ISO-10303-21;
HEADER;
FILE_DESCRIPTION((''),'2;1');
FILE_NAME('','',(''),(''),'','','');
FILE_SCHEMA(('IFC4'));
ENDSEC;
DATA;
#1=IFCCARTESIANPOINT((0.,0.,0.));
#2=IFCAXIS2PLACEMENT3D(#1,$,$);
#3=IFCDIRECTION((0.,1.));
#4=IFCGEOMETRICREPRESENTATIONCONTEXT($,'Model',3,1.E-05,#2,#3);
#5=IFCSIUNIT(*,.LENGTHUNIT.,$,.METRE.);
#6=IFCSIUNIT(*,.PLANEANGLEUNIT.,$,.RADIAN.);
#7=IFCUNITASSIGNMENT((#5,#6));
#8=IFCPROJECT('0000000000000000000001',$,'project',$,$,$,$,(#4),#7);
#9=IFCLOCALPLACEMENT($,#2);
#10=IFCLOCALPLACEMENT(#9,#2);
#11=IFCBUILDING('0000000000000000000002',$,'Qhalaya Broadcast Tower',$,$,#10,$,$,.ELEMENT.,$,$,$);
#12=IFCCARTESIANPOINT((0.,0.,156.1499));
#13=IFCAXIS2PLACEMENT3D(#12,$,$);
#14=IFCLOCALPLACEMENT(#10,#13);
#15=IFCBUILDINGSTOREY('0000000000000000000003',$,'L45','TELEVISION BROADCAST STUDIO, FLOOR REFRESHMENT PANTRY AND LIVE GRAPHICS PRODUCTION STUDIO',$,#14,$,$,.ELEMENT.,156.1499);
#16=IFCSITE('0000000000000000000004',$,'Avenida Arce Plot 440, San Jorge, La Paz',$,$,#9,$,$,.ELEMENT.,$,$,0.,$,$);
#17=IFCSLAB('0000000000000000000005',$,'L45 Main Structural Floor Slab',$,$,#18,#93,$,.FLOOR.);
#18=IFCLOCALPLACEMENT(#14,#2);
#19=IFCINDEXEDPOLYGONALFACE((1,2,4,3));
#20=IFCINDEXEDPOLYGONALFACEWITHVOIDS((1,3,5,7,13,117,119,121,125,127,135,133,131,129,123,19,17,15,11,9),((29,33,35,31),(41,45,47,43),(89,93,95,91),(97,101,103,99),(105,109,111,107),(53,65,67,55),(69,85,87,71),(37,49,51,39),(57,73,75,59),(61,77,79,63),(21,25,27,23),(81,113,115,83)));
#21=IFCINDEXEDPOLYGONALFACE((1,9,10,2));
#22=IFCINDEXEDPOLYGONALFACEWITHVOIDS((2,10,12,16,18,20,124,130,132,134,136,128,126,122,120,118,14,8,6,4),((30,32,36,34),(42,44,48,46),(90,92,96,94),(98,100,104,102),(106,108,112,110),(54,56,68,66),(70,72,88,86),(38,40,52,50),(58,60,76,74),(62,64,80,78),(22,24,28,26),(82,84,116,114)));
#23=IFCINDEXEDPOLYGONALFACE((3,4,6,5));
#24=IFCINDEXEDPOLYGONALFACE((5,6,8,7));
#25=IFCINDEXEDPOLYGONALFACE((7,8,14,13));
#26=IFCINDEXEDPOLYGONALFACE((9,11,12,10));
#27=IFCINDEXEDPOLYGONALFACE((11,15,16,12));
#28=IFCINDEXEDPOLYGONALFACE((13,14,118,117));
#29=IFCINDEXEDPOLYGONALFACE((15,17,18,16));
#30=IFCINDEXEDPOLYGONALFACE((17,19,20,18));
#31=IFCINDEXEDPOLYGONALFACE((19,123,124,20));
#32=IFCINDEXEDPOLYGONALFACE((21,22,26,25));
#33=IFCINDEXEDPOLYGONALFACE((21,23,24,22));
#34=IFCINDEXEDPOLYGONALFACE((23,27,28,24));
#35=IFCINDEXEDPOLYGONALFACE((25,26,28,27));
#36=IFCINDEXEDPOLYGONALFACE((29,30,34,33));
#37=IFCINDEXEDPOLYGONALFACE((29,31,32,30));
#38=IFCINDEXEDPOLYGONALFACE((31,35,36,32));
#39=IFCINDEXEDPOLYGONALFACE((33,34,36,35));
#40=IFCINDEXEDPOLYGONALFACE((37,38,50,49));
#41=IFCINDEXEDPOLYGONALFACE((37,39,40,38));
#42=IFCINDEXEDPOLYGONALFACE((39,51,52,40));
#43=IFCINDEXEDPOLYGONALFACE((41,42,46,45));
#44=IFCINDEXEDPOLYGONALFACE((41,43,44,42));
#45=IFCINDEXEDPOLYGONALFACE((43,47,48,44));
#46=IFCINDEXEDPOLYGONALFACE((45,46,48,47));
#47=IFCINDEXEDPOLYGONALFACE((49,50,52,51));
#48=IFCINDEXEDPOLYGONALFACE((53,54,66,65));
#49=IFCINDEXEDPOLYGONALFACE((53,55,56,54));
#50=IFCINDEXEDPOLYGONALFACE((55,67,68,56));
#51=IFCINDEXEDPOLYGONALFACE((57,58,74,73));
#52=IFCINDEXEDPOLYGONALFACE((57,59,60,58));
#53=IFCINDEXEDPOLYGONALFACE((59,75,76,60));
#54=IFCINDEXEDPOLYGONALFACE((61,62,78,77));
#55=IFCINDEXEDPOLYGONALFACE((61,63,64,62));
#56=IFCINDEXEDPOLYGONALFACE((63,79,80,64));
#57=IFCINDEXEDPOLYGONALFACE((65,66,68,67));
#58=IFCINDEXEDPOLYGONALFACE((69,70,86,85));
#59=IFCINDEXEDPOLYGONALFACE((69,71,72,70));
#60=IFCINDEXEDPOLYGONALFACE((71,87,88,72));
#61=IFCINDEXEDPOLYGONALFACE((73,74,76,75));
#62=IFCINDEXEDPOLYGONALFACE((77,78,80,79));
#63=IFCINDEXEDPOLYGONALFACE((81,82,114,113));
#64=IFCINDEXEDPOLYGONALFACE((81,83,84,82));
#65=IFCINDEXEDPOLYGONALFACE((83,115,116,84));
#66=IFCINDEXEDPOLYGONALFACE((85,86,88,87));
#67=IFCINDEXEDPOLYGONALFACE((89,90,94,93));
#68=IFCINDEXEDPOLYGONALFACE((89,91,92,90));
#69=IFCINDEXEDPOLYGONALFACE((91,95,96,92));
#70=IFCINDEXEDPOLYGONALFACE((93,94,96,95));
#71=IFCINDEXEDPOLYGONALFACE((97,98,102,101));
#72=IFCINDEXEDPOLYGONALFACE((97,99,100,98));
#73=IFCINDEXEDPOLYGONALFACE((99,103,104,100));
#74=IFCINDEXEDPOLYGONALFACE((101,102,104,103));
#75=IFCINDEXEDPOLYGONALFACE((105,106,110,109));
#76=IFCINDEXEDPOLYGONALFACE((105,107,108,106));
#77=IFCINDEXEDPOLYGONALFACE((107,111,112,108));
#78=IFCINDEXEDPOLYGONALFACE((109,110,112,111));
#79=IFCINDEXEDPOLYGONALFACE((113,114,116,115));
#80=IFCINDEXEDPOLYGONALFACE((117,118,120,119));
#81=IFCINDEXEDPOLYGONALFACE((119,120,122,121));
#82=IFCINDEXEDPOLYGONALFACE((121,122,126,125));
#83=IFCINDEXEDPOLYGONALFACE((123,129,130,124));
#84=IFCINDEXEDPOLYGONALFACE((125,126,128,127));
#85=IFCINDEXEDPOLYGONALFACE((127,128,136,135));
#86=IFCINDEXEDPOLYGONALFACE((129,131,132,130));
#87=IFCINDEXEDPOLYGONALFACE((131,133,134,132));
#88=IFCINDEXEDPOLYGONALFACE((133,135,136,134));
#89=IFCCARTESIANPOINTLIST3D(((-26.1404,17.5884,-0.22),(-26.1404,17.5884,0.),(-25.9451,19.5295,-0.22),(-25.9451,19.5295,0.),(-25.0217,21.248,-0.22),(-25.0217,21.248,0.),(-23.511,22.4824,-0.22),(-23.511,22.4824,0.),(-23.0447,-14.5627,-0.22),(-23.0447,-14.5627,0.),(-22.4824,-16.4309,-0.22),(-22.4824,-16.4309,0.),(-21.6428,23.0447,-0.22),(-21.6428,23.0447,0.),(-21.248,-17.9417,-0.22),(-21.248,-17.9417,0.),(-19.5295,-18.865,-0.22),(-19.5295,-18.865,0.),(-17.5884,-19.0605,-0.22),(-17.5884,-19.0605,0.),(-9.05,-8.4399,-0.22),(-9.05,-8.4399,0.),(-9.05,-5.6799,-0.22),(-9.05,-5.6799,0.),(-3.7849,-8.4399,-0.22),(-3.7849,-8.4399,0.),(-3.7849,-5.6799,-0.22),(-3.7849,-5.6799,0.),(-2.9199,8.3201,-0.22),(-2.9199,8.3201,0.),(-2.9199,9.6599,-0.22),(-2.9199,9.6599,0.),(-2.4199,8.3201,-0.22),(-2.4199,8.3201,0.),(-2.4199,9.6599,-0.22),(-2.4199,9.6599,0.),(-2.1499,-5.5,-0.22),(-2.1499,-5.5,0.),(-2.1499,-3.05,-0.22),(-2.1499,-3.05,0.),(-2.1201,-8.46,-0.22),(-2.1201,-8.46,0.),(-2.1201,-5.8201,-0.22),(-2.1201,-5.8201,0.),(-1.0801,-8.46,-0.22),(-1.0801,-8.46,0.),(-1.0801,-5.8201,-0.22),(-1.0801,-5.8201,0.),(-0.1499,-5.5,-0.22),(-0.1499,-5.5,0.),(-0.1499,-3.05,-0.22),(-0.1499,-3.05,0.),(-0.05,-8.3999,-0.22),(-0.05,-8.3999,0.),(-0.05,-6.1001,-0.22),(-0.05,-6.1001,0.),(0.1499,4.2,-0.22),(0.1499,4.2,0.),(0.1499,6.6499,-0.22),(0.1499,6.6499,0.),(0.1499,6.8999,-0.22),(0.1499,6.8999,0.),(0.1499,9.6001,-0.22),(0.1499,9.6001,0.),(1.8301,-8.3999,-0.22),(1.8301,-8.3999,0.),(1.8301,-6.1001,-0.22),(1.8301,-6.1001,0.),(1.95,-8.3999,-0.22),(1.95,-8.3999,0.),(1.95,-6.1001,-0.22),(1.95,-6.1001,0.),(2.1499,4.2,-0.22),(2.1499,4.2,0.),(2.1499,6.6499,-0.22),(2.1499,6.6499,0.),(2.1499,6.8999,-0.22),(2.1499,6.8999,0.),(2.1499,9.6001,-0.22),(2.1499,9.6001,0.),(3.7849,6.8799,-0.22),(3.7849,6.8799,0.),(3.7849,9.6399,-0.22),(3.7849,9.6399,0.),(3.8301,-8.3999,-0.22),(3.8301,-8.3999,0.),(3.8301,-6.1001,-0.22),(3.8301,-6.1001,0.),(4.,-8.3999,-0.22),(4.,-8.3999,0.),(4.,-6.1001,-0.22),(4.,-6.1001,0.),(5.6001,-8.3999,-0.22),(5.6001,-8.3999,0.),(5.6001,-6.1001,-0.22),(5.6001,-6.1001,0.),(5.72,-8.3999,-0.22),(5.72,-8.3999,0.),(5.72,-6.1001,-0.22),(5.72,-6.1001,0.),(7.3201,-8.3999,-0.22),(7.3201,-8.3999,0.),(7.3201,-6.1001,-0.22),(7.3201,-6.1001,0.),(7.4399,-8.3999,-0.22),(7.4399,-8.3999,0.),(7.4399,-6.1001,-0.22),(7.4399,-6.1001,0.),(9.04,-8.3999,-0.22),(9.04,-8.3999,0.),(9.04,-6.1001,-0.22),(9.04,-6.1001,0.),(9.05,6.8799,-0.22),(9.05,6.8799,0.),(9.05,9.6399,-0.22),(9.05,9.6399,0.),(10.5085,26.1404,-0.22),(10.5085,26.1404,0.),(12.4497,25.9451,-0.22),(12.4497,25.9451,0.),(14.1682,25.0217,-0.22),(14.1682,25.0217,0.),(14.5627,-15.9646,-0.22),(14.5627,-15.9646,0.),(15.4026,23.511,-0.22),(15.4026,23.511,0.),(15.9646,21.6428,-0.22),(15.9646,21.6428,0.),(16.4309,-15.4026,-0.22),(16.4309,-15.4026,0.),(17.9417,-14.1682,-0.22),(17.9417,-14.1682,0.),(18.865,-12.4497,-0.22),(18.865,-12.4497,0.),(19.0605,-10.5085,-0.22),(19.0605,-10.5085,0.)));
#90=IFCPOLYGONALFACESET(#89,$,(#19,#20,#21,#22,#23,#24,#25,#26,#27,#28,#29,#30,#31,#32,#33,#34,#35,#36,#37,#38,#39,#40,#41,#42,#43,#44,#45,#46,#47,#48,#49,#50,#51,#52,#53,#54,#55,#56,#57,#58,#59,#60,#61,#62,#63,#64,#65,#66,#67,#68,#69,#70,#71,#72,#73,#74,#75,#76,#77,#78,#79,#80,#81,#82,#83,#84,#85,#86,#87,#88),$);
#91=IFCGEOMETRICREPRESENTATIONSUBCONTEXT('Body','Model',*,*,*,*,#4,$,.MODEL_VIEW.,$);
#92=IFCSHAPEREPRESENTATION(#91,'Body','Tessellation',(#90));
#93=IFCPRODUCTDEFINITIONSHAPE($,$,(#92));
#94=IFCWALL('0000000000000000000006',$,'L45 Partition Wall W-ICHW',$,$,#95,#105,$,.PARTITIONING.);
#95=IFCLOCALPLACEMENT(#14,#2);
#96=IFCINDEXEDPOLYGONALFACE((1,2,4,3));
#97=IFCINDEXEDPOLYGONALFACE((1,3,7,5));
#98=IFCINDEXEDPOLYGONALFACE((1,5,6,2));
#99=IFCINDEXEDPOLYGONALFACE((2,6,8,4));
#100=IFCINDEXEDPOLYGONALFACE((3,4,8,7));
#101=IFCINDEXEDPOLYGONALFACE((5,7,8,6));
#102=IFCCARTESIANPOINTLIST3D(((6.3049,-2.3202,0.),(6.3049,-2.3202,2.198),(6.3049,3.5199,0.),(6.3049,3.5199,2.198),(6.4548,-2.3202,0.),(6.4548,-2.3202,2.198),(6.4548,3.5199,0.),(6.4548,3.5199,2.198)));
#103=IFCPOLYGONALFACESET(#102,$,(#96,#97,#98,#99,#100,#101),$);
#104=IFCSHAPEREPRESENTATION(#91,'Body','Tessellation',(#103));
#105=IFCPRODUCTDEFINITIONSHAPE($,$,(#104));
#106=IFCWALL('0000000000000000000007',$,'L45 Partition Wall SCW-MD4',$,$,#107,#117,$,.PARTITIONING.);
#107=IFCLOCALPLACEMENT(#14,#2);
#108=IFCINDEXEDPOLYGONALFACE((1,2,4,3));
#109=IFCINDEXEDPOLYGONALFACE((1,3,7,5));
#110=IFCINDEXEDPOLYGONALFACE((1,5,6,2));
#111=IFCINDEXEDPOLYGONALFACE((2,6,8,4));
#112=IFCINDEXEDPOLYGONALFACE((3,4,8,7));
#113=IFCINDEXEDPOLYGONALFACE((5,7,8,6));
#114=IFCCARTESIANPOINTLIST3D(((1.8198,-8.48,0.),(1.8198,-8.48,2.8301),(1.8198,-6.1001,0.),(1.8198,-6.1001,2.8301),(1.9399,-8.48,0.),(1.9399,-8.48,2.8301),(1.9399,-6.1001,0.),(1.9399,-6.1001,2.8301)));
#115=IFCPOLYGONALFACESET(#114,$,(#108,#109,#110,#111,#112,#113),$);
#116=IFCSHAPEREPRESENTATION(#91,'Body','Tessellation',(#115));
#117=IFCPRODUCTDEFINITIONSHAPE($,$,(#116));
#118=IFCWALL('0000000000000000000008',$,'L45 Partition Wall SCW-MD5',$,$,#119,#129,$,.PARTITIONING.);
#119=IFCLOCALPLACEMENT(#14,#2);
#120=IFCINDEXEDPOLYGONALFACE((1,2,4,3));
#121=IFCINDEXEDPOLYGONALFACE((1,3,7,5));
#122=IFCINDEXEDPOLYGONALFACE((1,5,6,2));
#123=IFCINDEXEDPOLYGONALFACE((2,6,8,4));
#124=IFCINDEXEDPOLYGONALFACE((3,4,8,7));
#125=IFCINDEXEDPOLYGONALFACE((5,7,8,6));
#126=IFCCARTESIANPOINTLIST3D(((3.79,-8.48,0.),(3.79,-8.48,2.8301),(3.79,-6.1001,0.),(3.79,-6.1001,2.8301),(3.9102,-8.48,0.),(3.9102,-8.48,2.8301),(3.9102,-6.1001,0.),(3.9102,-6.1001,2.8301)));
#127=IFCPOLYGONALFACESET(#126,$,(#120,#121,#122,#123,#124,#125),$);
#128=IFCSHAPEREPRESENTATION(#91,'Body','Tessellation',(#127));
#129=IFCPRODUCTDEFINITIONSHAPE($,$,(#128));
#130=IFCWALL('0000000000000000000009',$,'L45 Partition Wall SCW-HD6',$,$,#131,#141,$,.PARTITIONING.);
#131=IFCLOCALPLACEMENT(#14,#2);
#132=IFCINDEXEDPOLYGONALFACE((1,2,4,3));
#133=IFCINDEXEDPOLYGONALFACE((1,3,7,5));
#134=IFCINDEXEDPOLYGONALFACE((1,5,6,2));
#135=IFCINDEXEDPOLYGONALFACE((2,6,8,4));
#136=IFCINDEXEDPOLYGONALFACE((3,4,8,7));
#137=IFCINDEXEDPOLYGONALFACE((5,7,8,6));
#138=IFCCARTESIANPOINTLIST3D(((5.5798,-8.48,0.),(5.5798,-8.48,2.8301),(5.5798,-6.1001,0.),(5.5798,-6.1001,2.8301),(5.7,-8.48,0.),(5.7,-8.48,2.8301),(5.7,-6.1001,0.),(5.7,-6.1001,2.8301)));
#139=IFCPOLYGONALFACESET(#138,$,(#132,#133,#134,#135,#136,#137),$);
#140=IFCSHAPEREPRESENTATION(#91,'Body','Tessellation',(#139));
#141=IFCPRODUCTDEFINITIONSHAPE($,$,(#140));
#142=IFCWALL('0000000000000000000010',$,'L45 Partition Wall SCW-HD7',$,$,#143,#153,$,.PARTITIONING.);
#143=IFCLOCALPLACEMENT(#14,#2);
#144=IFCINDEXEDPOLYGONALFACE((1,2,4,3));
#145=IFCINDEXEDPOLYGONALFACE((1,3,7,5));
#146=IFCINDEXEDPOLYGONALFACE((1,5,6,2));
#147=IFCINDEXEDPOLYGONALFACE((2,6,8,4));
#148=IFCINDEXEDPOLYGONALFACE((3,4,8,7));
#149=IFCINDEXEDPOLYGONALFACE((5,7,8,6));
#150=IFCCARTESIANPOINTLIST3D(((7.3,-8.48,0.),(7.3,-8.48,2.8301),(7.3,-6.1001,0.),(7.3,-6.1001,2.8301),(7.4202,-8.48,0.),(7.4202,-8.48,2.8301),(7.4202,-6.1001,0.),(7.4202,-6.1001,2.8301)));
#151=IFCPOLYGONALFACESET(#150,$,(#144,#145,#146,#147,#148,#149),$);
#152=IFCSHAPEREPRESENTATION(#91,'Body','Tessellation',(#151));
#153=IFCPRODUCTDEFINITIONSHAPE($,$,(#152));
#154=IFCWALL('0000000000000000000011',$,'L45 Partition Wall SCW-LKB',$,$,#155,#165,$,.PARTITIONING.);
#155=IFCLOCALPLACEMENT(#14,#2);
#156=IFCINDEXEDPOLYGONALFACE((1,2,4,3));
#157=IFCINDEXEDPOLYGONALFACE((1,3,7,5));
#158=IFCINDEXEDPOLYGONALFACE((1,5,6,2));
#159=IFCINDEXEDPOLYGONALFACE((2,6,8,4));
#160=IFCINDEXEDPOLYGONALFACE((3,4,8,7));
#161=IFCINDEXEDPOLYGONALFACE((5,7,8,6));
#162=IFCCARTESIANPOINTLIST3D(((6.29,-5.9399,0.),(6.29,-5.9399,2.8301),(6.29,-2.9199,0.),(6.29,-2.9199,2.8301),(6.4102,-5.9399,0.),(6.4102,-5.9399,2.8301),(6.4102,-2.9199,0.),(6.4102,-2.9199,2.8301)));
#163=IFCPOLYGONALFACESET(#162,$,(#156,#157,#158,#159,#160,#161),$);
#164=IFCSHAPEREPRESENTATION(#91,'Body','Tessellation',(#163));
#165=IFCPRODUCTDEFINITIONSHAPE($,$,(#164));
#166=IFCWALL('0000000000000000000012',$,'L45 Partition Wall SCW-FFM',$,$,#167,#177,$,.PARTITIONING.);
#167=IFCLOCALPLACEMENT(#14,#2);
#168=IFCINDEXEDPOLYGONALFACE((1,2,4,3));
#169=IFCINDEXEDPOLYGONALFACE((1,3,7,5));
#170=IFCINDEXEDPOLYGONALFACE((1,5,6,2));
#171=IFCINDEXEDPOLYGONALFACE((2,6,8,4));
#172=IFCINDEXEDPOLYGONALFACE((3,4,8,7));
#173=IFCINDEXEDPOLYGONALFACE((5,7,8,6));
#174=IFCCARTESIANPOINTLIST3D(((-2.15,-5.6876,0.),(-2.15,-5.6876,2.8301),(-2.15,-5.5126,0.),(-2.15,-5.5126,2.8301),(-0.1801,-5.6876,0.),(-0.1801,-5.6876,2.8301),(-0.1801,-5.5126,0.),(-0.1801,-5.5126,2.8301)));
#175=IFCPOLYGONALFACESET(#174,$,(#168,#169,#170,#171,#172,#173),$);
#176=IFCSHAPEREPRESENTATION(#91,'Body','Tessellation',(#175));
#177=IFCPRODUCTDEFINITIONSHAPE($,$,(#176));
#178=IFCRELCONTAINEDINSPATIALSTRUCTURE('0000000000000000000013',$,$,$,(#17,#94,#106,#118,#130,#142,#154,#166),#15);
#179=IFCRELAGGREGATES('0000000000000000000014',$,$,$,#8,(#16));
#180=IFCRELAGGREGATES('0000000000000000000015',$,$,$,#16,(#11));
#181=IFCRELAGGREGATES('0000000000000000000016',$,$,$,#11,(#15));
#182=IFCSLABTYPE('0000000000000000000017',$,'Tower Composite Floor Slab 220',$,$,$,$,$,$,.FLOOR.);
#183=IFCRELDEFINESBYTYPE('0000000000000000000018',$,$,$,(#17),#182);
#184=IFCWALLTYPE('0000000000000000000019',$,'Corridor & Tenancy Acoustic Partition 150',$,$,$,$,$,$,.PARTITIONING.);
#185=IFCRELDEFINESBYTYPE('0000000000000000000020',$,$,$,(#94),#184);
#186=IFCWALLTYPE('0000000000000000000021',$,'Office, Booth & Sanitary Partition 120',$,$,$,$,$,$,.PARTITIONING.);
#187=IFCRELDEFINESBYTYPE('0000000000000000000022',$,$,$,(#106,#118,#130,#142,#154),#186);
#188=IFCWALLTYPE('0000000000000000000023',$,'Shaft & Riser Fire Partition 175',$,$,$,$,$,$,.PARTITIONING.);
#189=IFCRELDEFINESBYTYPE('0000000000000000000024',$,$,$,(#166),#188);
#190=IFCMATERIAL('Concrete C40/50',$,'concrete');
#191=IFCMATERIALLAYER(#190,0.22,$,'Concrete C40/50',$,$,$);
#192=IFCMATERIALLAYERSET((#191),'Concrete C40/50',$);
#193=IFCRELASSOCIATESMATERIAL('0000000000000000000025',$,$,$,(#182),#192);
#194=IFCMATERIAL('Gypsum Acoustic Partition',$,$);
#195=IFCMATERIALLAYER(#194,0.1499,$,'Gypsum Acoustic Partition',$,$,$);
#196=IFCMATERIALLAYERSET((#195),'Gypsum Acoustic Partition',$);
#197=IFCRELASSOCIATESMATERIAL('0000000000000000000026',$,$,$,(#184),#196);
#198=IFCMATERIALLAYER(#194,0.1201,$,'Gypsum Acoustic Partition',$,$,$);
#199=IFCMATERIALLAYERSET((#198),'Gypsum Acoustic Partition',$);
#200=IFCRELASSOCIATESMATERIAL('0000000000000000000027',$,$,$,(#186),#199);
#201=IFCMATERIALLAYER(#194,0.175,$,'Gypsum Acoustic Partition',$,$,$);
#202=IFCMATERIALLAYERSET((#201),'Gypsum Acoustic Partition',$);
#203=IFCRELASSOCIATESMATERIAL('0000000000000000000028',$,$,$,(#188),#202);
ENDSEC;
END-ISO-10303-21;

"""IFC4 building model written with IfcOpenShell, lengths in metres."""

from ifc_helpers import new_model, si_unit, direction, frame, frame_2d, origin, place, context, subcontext, project, spatial, polyline, rectangle, outline, extrude, material, layer, layer_set, type_object, element, save


model = new_model("IFC4")

# Units and contexts
model_context = context("Model", 3, precision=1e-05, world=origin(), true_north=direction((0.0, 1.0)))
body_context = subcontext(model_context, "Body", "Model", "MODEL_VIEW")
ifc_project = project(units=[si_unit("LENGTHUNIT", "METRE"), si_unit("PLANEANGLEUNIT", "RADIAN")], contexts=[model_context])

# Site, building, storey
site_placement = place(None, origin())
site = spatial("IfcSite", under=ifc_project, at=site_placement, Name="Avenida Arce Plot 440, San Jorge, La Paz", CompositionType="ELEMENT", RefElevation=0.0)
building_placement = place(site_placement, origin())
building = spatial("IfcBuilding", under=site, at=building_placement, Name="Qhalaya Broadcast Tower", CompositionType="ELEMENT")
storey_placement = place(building_placement, frame((0.0, 0.0, 156.1499)))
storey = spatial("IfcBuildingStorey", under=building, at=storey_placement, Name="L45", Description="TELEVISION BROADCAST STUDIO, FLOOR REFRESHMENT PANTRY AND LIVE GRAPHICS PRODUCTION STUDIO", CompositionType="ELEMENT", Elevation=156.1499)

# Shared definitions
ifc_material_1 = material(Name="Concrete C40/50", Category="concrete")

# Slab
ifc_layer_1 = layer(ifc_material_1, 0.22, Name="Concrete C40/50")
ifc_layer_set_1 = layer_set([ifc_layer_1], Name="Concrete C40/50")
slab_type_1 = type_object("IfcSlabType", Name="Tower Composite Floor Slab 220", PredefinedType="FLOOR", material=ifc_layer_set_1)
slab_1_placement = place(storey_placement, frame((0.0, 0.0, -0.22)))
element("IfcSlab", 1, at=slab_1_placement, inside=storey, type_object=slab_type_1, Name="L45 Main Structural Floor Slab", PredefinedType="FLOOR", context=body_context, shape_type="SweptSolid", body=[
    extrude(outline(polyline([(14.5627, -15.9646), (16.4309, -15.4026), (17.9417, -14.1682), (18.865, -12.4497), (19.0605, -10.5085), (15.9646, 21.6428), (15.4026, 23.511), (14.1682, 25.0217), (12.4497, 25.9451), (10.5085, 26.1404), (-21.6428, 23.0447), (-23.511, 22.4824), (-25.0217, 21.248), (-25.9451, 19.5295), (-26.1404, 17.5884), (-23.0447, -14.5627), (-22.4824, -16.4309), (-21.248, -17.9417), (-19.5295, -18.865), (-17.5884, -19.0605), (14.5627, -15.9646)]), holes=[polyline([(3.7849, 9.6399), (9.05, 9.6399), (9.05, 6.8799), (3.7849, 6.8799), (3.7849, 9.6399)]), polyline([(-3.7849, -8.4399), (-9.05, -8.4399), (-9.05, -5.6799), (-3.7849, -5.6799), (-3.7849, -8.4399)]), polyline([(0.1499, 6.6499), (2.1499, 6.6499), (2.1499, 4.2), (0.1499, 4.2), (0.1499, 6.6499)]), polyline([(0.1499, 9.6001), (2.1499, 9.6001), (2.1499, 6.8999), (0.1499, 6.8999), (0.1499, 9.6001)]), polyline([(-2.1499, -3.05), (-0.1499, -3.05), (-0.1499, -5.5), (-2.1499, -5.5), (-2.1499, -3.05)]), polyline([(-0.05, -6.1001), (1.8301, -6.1001), (1.8301, -8.3999), (-0.05, -8.3999), (-0.05, -6.1001)]), polyline([(1.95, -6.1001), (3.8301, -6.1001), (3.8301, -8.3999), (1.95, -8.3999), (1.95, -6.1001)]), polyline([(4.0, -6.1001), (5.6001, -6.1001), (5.6001, -8.3999), (4.0, -8.3999), (4.0, -6.1001)]), polyline([(5.72, -6.1001), (7.3201, -6.1001), (7.3201, -8.3999), (5.72, -8.3999), (5.72, -6.1001)]), polyline([(7.4399, -6.1001), (9.04, -6.1001), (9.04, -8.3999), (7.4399, -8.3999), (7.4399, -6.1001)]), polyline([(-2.9199, 9.6599), (-2.4199, 9.6599), (-2.4199, 8.3201), (-2.9199, 8.3201), (-2.9199, 9.6599)]), polyline([(-2.1201, -5.8201), (-1.0801, -5.8201), (-1.0801, -8.46), (-2.1201, -8.46), (-2.1201, -5.8201)])]), origin(), (0.0, 0.0, 1.0), 0.22),
])

# Walls
ifc_material_2 = material(Name="Gypsum Acoustic Partition")
ifc_layer_2 = layer(ifc_material_2, 0.1499, Name="Gypsum Acoustic Partition")
ifc_layer_set_2 = layer_set([ifc_layer_2], Name="Gypsum Acoustic Partition")
wall_type_1 = type_object("IfcWallType", Name="Corridor & Tenancy Acoustic Partition 150", PredefinedType="PARTITIONING", material=ifc_layer_set_2)
wall_1_placement = place(storey_placement, frame((6.3799, -2.3201, 0.0), z_axis=(0.0, 0.0, 1.0), x_axis=(0.0, 1.0, 0.0)))
element("IfcWall", 2, at=wall_1_placement, inside=storey, type_object=wall_type_1, Name="L45 Partition Wall W-ICHW", PredefinedType="PARTITIONING", context=body_context, shape_type="SweptSolid", body=[
    extrude(rectangle(XDim=5.8401, YDim=0.1499, at=frame_2d((2.9199, 0.0))), origin(), (0.0, 0.0, 1.0), 2.198),
])
ifc_layer_3 = layer(ifc_material_2, 0.1201, Name="Gypsum Acoustic Partition")
ifc_layer_set_3 = layer_set([ifc_layer_3], Name="Gypsum Acoustic Partition")
wall_type_2 = type_object("IfcWallType", Name="Office, Booth & Sanitary Partition 120", PredefinedType="PARTITIONING", material=ifc_layer_set_3)
for number, where, z_axis, x_axis, name in (
    (3, (1.8799, -8.48, 0.0), (0.0, 0.0, 1.0), (0.0, 1.0, 0.0), "L45 Partition Wall SCW-MD4"),
    (4, (3.8501, -8.48, 0.0), (0.0, 0.0, 1.0), (0.0, 1.0, 0.0), "L45 Partition Wall SCW-MD5"),
    (5, (5.6399, -8.48, 0.0), (0.0, 0.0, 1.0), (0.0, 1.0, 0.0), "L45 Partition Wall SCW-HD6"),
    (6, (7.3601, -8.48, 0.0), (0.0, 0.0, 1.0), (0.0, 1.0, 0.0), "L45 Partition Wall SCW-HD7"),
):
    element("IfcWall", number, at=place(storey_placement, frame(where, z_axis=z_axis, x_axis=x_axis)), inside=storey, type_object=wall_type_2, Name=name, PredefinedType="PARTITIONING", context=body_context, shape_type="SweptSolid", body=[
        extrude(rectangle(XDim=2.3799, YDim=0.1201, at=frame_2d((1.1899, 0.0))), origin(), (0.0, 0.0, 1.0), 2.8301),
    ])
wall_2_placement = place(storey_placement, frame((6.3501, -5.9399, 0.0), z_axis=(0.0, 0.0, 1.0), x_axis=(0.0, 1.0, 0.0)))
element("IfcWall", 7, at=wall_2_placement, inside=storey, type_object=wall_type_2, Name="L45 Partition Wall SCW-LKB", PredefinedType="PARTITIONING", context=body_context, shape_type="SweptSolid", body=[
    extrude(rectangle(XDim=3.02, YDim=0.1201, at=frame_2d((1.51, 0.0))), origin(), (0.0, 0.0, 1.0), 2.8301),
])
ifc_layer_4 = layer(ifc_material_2, 0.175, Name="Gypsum Acoustic Partition")
ifc_layer_set_4 = layer_set([ifc_layer_4], Name="Gypsum Acoustic Partition")
wall_type_3 = type_object("IfcWallType", Name="Shaft & Riser Fire Partition 175", PredefinedType="PARTITIONING", material=ifc_layer_set_4)
wall_3_placement = place(storey_placement, frame((-2.1499, -5.6001, 0.0), z_axis=(0.0, 0.0, 1.0), x_axis=(1.0, 0.0, 0.0)))
element("IfcWall", 8, at=wall_3_placement, inside=storey, type_object=wall_type_3, Name="L45 Partition Wall SCW-FFM", PredefinedType="PARTITIONING", context=body_context, shape_type="SweptSolid", body=[
    extrude(rectangle(XDim=1.97, YDim=0.175, at=frame_2d((0.9849, 0.0))), origin(), (0.0, 0.0, 1.0), 2.8301),
])

save(model, "model.ifc")
